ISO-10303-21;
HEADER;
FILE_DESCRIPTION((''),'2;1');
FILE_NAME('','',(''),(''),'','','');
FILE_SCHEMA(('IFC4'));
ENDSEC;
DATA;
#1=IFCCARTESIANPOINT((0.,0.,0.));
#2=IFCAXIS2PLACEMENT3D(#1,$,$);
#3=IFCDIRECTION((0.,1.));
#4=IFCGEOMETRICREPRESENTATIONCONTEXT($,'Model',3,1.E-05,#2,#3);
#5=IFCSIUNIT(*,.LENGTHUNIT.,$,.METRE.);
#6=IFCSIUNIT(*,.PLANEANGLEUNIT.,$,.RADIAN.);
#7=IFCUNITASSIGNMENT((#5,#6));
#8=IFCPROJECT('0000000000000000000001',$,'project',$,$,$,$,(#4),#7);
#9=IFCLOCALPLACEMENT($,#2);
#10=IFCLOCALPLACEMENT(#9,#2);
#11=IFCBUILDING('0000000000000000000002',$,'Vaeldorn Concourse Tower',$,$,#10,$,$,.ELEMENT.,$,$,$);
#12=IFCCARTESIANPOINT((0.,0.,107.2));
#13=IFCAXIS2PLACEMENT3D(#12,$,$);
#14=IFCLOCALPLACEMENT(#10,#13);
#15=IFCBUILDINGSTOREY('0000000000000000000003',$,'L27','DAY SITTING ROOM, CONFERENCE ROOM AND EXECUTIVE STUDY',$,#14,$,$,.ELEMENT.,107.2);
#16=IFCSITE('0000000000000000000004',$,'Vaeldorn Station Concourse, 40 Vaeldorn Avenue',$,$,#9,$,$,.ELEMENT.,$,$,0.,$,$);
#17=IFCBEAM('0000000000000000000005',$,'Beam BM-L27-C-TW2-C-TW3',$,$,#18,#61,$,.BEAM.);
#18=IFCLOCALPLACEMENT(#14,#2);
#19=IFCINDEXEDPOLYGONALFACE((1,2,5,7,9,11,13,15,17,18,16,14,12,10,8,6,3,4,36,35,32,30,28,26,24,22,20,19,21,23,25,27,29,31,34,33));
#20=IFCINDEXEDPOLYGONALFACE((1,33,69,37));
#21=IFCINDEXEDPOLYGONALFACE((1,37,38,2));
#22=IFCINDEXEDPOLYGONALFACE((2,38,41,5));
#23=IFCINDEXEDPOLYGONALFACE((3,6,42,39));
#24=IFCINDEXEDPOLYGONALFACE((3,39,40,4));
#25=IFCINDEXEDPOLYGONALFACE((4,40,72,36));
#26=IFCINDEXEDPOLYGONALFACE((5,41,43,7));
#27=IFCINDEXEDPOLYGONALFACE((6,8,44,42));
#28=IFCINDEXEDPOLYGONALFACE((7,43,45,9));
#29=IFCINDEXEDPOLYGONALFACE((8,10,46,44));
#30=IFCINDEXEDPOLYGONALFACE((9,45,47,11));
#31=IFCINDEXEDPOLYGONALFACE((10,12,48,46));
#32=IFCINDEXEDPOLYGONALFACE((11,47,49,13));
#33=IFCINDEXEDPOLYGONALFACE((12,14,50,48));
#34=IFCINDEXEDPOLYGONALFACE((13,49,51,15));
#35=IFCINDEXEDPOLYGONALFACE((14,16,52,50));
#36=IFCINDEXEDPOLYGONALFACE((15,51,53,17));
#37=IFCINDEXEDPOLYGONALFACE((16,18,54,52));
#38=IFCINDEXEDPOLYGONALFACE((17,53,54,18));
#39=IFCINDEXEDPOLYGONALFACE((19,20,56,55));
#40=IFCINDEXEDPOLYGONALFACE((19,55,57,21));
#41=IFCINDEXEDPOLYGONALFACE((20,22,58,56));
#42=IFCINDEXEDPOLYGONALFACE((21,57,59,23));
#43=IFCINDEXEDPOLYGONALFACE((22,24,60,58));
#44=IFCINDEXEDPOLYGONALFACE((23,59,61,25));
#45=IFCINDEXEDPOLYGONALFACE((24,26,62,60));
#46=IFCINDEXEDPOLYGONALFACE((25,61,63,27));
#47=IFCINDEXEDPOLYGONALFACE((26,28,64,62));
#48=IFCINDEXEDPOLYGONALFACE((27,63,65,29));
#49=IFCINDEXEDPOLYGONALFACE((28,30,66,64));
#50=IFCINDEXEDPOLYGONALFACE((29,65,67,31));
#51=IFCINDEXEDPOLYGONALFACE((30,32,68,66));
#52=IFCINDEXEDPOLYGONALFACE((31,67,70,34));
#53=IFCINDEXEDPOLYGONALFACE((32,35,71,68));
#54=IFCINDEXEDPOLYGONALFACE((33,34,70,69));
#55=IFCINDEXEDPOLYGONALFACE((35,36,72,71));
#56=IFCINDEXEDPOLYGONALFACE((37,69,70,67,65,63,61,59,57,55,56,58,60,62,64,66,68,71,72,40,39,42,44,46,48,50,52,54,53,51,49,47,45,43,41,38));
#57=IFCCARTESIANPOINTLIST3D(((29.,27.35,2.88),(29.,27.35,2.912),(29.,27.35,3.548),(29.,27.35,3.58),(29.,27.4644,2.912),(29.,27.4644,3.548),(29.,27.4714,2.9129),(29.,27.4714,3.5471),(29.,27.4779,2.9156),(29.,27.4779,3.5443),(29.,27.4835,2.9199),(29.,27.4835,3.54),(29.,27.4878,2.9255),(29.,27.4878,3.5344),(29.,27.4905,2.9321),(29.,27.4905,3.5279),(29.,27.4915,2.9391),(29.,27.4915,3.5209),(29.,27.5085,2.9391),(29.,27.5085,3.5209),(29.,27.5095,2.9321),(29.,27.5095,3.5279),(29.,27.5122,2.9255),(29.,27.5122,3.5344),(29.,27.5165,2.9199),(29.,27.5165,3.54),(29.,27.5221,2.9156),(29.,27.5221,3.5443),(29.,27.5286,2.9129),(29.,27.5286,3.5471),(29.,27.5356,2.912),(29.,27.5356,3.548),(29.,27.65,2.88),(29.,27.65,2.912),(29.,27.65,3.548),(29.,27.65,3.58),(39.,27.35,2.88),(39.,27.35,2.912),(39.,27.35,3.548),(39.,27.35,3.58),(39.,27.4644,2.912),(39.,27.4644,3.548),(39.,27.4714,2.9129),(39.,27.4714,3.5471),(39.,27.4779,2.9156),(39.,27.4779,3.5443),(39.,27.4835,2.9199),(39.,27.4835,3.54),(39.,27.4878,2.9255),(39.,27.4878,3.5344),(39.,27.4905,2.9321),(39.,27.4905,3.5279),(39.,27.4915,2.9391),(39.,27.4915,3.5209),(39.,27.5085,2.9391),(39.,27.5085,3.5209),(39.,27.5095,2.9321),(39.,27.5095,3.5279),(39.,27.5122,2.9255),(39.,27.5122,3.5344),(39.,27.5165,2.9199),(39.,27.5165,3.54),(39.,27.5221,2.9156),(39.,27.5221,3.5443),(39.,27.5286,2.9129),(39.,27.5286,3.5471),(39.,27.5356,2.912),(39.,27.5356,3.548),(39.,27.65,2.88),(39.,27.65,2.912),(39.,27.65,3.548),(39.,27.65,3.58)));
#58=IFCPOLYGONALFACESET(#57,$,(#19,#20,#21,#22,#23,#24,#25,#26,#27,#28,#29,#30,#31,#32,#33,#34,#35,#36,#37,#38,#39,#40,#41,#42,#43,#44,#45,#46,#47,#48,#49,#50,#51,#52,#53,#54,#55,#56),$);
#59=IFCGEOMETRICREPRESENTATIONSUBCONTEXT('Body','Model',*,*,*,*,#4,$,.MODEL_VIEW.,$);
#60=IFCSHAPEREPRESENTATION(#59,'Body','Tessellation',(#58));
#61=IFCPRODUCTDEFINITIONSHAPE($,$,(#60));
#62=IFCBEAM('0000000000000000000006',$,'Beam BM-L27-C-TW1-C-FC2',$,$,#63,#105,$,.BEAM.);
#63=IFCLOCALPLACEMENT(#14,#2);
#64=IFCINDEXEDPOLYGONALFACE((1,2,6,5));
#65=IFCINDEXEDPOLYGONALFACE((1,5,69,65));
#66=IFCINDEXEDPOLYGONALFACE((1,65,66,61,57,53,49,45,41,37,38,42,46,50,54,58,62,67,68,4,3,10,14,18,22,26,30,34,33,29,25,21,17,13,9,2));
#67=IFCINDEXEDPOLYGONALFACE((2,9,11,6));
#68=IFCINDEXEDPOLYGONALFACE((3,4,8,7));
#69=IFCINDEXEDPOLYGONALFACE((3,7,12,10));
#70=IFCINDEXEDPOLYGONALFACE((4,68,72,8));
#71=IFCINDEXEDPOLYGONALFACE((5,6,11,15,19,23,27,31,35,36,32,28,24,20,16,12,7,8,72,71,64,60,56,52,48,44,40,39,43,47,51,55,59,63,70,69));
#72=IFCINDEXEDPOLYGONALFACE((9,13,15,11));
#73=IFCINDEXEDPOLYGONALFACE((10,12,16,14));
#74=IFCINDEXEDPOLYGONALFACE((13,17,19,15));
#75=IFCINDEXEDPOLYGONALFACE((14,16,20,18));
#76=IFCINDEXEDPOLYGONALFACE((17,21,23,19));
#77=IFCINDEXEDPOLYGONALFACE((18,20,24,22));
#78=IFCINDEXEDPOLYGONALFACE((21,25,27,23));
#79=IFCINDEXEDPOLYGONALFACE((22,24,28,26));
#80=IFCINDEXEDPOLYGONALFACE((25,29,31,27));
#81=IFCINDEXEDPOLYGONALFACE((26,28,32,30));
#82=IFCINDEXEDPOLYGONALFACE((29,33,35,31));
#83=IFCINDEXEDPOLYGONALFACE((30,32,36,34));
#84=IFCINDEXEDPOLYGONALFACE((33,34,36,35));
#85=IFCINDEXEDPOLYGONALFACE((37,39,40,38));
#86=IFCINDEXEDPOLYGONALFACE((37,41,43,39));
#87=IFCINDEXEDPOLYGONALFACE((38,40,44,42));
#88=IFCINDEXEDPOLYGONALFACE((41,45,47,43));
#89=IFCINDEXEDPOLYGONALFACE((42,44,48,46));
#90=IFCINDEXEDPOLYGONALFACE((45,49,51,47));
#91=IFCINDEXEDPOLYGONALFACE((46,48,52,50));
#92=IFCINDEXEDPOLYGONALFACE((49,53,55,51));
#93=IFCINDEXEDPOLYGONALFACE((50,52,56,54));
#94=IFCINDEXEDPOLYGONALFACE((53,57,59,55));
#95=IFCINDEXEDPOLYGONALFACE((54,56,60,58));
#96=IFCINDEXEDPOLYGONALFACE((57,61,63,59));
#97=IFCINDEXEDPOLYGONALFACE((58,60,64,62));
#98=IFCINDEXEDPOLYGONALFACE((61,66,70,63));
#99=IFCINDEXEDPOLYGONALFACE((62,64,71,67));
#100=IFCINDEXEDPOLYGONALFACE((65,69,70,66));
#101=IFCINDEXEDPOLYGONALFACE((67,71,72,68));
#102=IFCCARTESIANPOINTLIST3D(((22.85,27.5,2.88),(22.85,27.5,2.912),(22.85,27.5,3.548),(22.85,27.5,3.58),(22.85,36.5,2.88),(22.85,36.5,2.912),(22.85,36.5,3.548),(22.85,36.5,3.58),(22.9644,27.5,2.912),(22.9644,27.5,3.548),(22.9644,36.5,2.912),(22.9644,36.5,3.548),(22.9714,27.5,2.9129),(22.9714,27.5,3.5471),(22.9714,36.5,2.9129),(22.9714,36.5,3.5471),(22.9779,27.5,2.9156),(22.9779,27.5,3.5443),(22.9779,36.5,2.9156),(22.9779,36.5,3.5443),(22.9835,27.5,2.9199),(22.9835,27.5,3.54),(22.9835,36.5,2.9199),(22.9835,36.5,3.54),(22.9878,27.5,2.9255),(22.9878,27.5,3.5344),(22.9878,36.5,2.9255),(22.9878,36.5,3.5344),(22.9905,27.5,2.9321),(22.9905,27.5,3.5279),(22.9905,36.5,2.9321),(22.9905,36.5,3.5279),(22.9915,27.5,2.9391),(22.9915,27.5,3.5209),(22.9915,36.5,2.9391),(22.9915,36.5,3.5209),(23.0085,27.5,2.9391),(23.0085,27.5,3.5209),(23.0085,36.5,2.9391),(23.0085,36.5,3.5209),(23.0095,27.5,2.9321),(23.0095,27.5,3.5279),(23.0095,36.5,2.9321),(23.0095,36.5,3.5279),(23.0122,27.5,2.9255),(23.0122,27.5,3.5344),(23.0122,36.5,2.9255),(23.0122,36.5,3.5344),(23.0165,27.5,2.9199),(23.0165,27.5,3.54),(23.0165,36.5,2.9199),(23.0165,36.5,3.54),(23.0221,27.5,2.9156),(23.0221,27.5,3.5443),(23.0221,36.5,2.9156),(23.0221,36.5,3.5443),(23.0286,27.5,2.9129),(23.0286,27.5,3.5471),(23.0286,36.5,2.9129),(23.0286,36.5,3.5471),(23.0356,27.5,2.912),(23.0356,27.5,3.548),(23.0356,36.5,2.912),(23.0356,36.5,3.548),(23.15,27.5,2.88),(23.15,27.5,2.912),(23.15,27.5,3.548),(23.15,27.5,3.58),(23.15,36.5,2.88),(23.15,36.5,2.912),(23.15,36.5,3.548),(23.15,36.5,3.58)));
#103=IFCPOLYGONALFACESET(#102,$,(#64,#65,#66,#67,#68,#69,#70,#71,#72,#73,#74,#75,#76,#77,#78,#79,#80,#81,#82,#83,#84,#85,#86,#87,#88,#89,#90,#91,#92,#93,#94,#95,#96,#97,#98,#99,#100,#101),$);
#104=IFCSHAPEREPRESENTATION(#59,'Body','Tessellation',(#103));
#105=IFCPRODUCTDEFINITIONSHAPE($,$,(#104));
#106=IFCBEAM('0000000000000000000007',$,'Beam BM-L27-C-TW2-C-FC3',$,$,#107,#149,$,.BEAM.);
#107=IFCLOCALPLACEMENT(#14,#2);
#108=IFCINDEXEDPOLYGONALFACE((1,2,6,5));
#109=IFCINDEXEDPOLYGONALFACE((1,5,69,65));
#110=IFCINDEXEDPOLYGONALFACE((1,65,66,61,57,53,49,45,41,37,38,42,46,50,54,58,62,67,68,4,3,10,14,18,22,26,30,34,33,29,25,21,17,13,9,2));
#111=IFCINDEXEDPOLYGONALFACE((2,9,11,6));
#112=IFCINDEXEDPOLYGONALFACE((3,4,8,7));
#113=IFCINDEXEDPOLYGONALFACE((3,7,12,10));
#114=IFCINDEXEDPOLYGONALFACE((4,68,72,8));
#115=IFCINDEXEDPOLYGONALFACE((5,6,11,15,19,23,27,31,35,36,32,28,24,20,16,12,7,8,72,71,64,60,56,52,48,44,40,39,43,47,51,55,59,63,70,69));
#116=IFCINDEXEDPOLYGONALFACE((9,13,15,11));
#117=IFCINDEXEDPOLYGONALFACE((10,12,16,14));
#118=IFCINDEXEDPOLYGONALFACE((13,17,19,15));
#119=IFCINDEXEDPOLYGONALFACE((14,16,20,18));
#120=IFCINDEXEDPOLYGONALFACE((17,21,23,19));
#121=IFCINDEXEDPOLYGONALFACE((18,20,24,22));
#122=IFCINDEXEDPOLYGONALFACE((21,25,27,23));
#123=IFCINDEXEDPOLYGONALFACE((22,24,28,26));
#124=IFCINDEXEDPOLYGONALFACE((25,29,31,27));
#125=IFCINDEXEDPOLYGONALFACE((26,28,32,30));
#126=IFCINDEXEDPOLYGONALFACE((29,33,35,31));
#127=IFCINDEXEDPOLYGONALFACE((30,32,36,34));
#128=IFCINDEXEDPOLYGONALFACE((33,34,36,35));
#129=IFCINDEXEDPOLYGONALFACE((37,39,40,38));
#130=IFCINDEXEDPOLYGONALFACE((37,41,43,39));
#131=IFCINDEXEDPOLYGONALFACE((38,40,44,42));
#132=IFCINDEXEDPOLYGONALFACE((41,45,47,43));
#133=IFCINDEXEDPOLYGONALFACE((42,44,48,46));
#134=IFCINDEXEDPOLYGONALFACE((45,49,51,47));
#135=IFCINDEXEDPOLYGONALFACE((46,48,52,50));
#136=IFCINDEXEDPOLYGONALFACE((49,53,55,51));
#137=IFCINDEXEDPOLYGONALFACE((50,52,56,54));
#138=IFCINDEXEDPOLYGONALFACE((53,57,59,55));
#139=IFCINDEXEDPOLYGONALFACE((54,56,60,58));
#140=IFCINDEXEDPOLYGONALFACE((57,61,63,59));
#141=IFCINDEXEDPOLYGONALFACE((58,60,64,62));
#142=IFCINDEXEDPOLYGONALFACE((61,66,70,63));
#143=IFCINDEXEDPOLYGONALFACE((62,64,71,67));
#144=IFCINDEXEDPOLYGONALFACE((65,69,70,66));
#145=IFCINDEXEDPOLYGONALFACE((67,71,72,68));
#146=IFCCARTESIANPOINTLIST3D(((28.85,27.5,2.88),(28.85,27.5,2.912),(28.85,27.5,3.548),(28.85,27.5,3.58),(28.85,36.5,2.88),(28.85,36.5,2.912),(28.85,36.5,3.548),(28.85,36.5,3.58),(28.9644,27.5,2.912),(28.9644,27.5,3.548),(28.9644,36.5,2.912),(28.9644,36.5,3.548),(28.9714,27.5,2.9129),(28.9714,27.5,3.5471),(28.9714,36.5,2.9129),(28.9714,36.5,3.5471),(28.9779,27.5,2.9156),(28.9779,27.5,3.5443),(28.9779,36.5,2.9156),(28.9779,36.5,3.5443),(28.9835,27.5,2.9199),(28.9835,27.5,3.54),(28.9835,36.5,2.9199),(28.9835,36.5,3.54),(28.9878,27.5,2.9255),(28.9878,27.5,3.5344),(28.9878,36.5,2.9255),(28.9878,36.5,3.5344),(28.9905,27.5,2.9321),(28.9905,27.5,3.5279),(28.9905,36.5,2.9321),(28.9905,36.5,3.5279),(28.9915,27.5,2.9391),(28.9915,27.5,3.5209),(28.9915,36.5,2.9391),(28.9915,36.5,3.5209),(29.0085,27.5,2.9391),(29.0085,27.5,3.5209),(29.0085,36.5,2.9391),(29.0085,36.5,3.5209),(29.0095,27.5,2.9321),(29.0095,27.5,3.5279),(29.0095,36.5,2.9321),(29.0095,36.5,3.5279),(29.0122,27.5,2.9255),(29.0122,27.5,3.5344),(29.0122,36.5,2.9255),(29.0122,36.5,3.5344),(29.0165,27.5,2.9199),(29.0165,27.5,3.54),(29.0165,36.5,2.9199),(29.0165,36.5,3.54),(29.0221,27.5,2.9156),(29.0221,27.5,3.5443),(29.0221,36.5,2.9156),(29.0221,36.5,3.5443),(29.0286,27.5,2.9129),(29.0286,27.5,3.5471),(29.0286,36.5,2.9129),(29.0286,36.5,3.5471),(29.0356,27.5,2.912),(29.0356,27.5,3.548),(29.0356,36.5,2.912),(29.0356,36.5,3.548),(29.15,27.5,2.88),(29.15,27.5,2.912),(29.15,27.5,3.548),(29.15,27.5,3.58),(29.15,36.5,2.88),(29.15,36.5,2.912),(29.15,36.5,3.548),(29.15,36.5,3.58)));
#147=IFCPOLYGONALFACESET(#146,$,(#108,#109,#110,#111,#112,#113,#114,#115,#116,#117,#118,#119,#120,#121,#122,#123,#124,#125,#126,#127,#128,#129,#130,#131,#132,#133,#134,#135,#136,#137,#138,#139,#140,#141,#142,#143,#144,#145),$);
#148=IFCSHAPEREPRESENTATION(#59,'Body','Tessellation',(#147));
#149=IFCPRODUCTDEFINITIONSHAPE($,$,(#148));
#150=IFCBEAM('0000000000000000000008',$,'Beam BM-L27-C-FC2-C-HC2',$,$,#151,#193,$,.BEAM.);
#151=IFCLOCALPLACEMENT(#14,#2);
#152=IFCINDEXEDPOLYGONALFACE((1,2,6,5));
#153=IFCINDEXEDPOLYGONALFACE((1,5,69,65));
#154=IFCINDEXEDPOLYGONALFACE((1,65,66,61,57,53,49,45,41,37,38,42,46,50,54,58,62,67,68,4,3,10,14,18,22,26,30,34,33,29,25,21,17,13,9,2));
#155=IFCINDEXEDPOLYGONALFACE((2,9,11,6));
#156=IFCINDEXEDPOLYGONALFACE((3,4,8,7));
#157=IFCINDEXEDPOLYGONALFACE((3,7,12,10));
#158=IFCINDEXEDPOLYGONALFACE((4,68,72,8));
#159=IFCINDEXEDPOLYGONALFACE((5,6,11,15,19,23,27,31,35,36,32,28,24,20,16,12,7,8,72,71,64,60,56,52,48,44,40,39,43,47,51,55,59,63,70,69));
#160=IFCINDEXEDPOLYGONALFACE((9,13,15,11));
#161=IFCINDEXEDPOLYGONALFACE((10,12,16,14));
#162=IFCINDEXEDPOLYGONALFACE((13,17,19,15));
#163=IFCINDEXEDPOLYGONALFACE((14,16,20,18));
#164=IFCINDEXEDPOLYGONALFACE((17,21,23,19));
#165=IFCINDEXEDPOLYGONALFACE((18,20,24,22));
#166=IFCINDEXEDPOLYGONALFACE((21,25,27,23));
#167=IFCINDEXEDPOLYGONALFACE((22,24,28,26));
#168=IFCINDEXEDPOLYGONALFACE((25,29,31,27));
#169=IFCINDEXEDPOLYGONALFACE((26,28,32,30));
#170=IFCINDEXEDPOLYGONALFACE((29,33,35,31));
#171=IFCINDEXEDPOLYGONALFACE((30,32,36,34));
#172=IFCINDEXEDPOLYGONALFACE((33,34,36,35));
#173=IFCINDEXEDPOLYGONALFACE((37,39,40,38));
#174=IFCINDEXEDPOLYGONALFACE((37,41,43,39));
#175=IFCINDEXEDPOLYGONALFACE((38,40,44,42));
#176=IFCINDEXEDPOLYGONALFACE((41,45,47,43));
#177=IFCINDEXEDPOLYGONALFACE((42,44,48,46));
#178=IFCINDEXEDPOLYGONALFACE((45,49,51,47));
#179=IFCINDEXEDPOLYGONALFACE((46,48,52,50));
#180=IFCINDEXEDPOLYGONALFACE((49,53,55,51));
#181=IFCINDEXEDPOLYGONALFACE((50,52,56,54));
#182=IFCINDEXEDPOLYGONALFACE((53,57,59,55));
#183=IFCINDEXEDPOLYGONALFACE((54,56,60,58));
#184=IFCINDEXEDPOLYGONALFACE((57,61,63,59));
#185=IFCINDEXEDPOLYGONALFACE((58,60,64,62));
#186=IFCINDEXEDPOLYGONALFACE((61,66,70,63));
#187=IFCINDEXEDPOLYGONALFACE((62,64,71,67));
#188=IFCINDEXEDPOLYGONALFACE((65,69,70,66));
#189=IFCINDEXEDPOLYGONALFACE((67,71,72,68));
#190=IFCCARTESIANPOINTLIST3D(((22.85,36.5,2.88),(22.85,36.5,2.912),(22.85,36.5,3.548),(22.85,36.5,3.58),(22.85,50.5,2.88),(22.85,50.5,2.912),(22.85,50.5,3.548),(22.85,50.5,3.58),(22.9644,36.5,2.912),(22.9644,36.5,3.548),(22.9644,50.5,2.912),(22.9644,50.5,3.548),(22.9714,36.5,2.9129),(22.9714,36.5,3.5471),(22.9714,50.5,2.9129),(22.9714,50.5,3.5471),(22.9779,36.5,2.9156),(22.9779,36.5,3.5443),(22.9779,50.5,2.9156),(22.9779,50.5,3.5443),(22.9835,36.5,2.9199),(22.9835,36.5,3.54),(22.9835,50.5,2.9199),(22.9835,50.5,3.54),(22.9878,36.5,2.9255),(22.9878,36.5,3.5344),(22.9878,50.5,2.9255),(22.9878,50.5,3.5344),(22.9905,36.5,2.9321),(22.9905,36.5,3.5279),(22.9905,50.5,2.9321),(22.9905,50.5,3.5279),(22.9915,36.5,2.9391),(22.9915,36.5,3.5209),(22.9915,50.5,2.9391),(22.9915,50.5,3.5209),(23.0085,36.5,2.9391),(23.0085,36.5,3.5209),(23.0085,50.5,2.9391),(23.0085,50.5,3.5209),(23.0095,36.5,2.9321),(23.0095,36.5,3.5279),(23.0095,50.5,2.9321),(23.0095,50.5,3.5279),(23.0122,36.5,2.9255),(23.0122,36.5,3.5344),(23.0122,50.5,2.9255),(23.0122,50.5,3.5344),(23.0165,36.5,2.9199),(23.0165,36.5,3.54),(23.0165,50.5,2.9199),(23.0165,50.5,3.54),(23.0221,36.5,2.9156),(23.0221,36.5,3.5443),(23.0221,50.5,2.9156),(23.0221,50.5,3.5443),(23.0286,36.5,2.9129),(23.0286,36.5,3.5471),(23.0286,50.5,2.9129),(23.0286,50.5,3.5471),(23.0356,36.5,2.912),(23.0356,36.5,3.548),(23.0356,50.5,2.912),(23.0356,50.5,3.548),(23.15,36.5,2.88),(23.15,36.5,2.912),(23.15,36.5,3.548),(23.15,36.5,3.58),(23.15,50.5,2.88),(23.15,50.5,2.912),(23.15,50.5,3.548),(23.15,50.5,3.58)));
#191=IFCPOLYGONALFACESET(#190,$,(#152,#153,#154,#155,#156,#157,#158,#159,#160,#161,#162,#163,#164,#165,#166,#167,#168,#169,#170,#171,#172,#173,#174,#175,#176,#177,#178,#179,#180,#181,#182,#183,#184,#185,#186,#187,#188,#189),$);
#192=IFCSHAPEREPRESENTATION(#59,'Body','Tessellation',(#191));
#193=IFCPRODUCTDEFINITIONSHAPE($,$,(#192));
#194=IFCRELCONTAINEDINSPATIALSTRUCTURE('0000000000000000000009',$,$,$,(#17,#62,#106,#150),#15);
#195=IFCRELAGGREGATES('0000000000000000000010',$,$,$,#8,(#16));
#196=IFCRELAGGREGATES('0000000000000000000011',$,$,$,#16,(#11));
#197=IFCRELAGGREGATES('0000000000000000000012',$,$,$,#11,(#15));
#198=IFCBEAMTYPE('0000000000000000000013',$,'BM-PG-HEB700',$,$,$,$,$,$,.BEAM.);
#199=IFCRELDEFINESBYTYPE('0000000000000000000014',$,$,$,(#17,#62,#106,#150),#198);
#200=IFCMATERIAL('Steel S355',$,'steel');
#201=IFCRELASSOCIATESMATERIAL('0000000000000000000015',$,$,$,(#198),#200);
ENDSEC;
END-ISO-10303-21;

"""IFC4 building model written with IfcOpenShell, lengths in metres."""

from ifc_helpers import new_model, si_unit, direction, frame, origin, origin_2d, place, context, subcontext, project, spatial, i_section, extrude, source, transform, mapped, material, material_profile, profile_set, type_object, element, save


model = new_model("IFC4")

# Units and contexts
model_context = context("Model", 3, precision=1e-05, world=origin(), true_north=direction((0.0, 1.0)))
body_context = subcontext(model_context, "Body", "Model", "MODEL_VIEW")
ifc_project = project(units=[si_unit("LENGTHUNIT", "METRE"), si_unit("PLANEANGLEUNIT", "RADIAN")], contexts=[model_context])

# Site, building, storey
site_placement = place(None, origin())
site = spatial("IfcSite", under=ifc_project, at=site_placement, Name="Vaeldorn Station Concourse, 40 Vaeldorn Avenue", CompositionType="ELEMENT", RefElevation=0.0)
building_placement = place(site_placement, origin())
building = spatial("IfcBuilding", under=site, at=building_placement, Name="Vaeldorn Concourse Tower", CompositionType="ELEMENT")
storey_placement = place(building_placement, frame((0.0, 0.0, 107.2)))
storey = spatial("IfcBuildingStorey", under=building, at=storey_placement, Name="L27", Description="DAY SITTING ROOM, CONFERENCE ROOM AND EXECUTIVE STUDY", CompositionType="ELEMENT", Elevation=107.2)

# Beams
ifc_material_1 = material(Name="Steel S355", Category="steel")
ifc_material_profile_1 = material_profile(ifc_material_1, i_section(OverallWidth=0.3, OverallDepth=0.7, WebThickness=0.0171, FlangeThickness=0.032, FilletRadius=0.0271, at=origin_2d()), Name="HEB 700")
ifc_profile_set_1 = profile_set([ifc_material_profile_1], Name="Steel S355")
beam_type_1 = type_object("IfcBeamType", Name="BM-PG-HEB700", PredefinedType="BEAM", material=ifc_profile_set_1)
shared_shape_1 = source(origin(), body_context, "Body", "SweptSolid", [
    extrude(i_section(OverallWidth=0.3, OverallDepth=0.7, WebThickness=0.0171, FlangeThickness=0.032, FilletRadius=0.0271, at=origin_2d()), origin(), (0.0, 0.0, 1.0), 10.0),
])
for number, where, z_axis, x_axis, name in (
    (1, (29.0, 27.5, 3.23), (1.0, 0.0, 0.0), (0.0, 1.0, 0.0), "Beam BM-L27-C-TW2-C-TW3"),
):
    element("IfcBeam", number, at=place(storey_placement, frame(where, z_axis=z_axis, x_axis=x_axis)), inside=storey, type_object=beam_type_1, Name=name, PredefinedType="BEAM", context=body_context, shape_type="MappedRepresentation", body=[
        mapped(shared_shape_1, transform((0.0, 0.0, 0.0), scale=1.0)),
    ])
shared_shape_2 = source(origin(), body_context, "Body", "SweptSolid", [
    extrude(i_section(OverallWidth=0.3, OverallDepth=0.7, WebThickness=0.0171, FlangeThickness=0.032, FilletRadius=0.0271, at=origin_2d()), origin(), (0.0, 0.0, 1.0), 9.0),
])
for number, where, z_axis, x_axis, name in (
    (2, (23.0, 27.5, 3.23), (0.0, 1.0, 0.0), (-1.0, 0.0, 0.0), "Beam BM-L27-C-TW1-C-FC2"),
    (3, (29.0, 27.5, 3.23), (0.0, 1.0, 0.0), (-1.0, 0.0, 0.0), "Beam BM-L27-C-TW2-C-FC3"),
):
    element("IfcBeam", number, at=place(storey_placement, frame(where, z_axis=z_axis, x_axis=x_axis)), inside=storey, type_object=beam_type_1, Name=name, PredefinedType="BEAM", context=body_context, shape_type="MappedRepresentation", body=[
        mapped(shared_shape_2, transform((0.0, 0.0, 0.0), scale=1.0)),
    ])
shared_shape_3 = source(origin(), body_context, "Body", "SweptSolid", [
    extrude(i_section(OverallWidth=0.3, OverallDepth=0.7, WebThickness=0.0171, FlangeThickness=0.032, FilletRadius=0.0271, at=origin_2d()), origin(), (0.0, 0.0, 1.0), 14.0),
])
beam_placement = place(storey_placement, frame((23.0, 36.5, 3.23), z_axis=(0.0, 1.0, 0.0), x_axis=(-1.0, 0.0, 0.0)))
element("IfcBeam", 4, at=beam_placement, inside=storey, type_object=beam_type_1, Name="Beam BM-L27-C-FC2-C-HC2", PredefinedType="BEAM", context=body_context, shape_type="MappedRepresentation", body=[
    mapped(shared_shape_3, transform((0.0, 0.0, 0.0), scale=1.0)),
])

save(model, "model.ifc")
